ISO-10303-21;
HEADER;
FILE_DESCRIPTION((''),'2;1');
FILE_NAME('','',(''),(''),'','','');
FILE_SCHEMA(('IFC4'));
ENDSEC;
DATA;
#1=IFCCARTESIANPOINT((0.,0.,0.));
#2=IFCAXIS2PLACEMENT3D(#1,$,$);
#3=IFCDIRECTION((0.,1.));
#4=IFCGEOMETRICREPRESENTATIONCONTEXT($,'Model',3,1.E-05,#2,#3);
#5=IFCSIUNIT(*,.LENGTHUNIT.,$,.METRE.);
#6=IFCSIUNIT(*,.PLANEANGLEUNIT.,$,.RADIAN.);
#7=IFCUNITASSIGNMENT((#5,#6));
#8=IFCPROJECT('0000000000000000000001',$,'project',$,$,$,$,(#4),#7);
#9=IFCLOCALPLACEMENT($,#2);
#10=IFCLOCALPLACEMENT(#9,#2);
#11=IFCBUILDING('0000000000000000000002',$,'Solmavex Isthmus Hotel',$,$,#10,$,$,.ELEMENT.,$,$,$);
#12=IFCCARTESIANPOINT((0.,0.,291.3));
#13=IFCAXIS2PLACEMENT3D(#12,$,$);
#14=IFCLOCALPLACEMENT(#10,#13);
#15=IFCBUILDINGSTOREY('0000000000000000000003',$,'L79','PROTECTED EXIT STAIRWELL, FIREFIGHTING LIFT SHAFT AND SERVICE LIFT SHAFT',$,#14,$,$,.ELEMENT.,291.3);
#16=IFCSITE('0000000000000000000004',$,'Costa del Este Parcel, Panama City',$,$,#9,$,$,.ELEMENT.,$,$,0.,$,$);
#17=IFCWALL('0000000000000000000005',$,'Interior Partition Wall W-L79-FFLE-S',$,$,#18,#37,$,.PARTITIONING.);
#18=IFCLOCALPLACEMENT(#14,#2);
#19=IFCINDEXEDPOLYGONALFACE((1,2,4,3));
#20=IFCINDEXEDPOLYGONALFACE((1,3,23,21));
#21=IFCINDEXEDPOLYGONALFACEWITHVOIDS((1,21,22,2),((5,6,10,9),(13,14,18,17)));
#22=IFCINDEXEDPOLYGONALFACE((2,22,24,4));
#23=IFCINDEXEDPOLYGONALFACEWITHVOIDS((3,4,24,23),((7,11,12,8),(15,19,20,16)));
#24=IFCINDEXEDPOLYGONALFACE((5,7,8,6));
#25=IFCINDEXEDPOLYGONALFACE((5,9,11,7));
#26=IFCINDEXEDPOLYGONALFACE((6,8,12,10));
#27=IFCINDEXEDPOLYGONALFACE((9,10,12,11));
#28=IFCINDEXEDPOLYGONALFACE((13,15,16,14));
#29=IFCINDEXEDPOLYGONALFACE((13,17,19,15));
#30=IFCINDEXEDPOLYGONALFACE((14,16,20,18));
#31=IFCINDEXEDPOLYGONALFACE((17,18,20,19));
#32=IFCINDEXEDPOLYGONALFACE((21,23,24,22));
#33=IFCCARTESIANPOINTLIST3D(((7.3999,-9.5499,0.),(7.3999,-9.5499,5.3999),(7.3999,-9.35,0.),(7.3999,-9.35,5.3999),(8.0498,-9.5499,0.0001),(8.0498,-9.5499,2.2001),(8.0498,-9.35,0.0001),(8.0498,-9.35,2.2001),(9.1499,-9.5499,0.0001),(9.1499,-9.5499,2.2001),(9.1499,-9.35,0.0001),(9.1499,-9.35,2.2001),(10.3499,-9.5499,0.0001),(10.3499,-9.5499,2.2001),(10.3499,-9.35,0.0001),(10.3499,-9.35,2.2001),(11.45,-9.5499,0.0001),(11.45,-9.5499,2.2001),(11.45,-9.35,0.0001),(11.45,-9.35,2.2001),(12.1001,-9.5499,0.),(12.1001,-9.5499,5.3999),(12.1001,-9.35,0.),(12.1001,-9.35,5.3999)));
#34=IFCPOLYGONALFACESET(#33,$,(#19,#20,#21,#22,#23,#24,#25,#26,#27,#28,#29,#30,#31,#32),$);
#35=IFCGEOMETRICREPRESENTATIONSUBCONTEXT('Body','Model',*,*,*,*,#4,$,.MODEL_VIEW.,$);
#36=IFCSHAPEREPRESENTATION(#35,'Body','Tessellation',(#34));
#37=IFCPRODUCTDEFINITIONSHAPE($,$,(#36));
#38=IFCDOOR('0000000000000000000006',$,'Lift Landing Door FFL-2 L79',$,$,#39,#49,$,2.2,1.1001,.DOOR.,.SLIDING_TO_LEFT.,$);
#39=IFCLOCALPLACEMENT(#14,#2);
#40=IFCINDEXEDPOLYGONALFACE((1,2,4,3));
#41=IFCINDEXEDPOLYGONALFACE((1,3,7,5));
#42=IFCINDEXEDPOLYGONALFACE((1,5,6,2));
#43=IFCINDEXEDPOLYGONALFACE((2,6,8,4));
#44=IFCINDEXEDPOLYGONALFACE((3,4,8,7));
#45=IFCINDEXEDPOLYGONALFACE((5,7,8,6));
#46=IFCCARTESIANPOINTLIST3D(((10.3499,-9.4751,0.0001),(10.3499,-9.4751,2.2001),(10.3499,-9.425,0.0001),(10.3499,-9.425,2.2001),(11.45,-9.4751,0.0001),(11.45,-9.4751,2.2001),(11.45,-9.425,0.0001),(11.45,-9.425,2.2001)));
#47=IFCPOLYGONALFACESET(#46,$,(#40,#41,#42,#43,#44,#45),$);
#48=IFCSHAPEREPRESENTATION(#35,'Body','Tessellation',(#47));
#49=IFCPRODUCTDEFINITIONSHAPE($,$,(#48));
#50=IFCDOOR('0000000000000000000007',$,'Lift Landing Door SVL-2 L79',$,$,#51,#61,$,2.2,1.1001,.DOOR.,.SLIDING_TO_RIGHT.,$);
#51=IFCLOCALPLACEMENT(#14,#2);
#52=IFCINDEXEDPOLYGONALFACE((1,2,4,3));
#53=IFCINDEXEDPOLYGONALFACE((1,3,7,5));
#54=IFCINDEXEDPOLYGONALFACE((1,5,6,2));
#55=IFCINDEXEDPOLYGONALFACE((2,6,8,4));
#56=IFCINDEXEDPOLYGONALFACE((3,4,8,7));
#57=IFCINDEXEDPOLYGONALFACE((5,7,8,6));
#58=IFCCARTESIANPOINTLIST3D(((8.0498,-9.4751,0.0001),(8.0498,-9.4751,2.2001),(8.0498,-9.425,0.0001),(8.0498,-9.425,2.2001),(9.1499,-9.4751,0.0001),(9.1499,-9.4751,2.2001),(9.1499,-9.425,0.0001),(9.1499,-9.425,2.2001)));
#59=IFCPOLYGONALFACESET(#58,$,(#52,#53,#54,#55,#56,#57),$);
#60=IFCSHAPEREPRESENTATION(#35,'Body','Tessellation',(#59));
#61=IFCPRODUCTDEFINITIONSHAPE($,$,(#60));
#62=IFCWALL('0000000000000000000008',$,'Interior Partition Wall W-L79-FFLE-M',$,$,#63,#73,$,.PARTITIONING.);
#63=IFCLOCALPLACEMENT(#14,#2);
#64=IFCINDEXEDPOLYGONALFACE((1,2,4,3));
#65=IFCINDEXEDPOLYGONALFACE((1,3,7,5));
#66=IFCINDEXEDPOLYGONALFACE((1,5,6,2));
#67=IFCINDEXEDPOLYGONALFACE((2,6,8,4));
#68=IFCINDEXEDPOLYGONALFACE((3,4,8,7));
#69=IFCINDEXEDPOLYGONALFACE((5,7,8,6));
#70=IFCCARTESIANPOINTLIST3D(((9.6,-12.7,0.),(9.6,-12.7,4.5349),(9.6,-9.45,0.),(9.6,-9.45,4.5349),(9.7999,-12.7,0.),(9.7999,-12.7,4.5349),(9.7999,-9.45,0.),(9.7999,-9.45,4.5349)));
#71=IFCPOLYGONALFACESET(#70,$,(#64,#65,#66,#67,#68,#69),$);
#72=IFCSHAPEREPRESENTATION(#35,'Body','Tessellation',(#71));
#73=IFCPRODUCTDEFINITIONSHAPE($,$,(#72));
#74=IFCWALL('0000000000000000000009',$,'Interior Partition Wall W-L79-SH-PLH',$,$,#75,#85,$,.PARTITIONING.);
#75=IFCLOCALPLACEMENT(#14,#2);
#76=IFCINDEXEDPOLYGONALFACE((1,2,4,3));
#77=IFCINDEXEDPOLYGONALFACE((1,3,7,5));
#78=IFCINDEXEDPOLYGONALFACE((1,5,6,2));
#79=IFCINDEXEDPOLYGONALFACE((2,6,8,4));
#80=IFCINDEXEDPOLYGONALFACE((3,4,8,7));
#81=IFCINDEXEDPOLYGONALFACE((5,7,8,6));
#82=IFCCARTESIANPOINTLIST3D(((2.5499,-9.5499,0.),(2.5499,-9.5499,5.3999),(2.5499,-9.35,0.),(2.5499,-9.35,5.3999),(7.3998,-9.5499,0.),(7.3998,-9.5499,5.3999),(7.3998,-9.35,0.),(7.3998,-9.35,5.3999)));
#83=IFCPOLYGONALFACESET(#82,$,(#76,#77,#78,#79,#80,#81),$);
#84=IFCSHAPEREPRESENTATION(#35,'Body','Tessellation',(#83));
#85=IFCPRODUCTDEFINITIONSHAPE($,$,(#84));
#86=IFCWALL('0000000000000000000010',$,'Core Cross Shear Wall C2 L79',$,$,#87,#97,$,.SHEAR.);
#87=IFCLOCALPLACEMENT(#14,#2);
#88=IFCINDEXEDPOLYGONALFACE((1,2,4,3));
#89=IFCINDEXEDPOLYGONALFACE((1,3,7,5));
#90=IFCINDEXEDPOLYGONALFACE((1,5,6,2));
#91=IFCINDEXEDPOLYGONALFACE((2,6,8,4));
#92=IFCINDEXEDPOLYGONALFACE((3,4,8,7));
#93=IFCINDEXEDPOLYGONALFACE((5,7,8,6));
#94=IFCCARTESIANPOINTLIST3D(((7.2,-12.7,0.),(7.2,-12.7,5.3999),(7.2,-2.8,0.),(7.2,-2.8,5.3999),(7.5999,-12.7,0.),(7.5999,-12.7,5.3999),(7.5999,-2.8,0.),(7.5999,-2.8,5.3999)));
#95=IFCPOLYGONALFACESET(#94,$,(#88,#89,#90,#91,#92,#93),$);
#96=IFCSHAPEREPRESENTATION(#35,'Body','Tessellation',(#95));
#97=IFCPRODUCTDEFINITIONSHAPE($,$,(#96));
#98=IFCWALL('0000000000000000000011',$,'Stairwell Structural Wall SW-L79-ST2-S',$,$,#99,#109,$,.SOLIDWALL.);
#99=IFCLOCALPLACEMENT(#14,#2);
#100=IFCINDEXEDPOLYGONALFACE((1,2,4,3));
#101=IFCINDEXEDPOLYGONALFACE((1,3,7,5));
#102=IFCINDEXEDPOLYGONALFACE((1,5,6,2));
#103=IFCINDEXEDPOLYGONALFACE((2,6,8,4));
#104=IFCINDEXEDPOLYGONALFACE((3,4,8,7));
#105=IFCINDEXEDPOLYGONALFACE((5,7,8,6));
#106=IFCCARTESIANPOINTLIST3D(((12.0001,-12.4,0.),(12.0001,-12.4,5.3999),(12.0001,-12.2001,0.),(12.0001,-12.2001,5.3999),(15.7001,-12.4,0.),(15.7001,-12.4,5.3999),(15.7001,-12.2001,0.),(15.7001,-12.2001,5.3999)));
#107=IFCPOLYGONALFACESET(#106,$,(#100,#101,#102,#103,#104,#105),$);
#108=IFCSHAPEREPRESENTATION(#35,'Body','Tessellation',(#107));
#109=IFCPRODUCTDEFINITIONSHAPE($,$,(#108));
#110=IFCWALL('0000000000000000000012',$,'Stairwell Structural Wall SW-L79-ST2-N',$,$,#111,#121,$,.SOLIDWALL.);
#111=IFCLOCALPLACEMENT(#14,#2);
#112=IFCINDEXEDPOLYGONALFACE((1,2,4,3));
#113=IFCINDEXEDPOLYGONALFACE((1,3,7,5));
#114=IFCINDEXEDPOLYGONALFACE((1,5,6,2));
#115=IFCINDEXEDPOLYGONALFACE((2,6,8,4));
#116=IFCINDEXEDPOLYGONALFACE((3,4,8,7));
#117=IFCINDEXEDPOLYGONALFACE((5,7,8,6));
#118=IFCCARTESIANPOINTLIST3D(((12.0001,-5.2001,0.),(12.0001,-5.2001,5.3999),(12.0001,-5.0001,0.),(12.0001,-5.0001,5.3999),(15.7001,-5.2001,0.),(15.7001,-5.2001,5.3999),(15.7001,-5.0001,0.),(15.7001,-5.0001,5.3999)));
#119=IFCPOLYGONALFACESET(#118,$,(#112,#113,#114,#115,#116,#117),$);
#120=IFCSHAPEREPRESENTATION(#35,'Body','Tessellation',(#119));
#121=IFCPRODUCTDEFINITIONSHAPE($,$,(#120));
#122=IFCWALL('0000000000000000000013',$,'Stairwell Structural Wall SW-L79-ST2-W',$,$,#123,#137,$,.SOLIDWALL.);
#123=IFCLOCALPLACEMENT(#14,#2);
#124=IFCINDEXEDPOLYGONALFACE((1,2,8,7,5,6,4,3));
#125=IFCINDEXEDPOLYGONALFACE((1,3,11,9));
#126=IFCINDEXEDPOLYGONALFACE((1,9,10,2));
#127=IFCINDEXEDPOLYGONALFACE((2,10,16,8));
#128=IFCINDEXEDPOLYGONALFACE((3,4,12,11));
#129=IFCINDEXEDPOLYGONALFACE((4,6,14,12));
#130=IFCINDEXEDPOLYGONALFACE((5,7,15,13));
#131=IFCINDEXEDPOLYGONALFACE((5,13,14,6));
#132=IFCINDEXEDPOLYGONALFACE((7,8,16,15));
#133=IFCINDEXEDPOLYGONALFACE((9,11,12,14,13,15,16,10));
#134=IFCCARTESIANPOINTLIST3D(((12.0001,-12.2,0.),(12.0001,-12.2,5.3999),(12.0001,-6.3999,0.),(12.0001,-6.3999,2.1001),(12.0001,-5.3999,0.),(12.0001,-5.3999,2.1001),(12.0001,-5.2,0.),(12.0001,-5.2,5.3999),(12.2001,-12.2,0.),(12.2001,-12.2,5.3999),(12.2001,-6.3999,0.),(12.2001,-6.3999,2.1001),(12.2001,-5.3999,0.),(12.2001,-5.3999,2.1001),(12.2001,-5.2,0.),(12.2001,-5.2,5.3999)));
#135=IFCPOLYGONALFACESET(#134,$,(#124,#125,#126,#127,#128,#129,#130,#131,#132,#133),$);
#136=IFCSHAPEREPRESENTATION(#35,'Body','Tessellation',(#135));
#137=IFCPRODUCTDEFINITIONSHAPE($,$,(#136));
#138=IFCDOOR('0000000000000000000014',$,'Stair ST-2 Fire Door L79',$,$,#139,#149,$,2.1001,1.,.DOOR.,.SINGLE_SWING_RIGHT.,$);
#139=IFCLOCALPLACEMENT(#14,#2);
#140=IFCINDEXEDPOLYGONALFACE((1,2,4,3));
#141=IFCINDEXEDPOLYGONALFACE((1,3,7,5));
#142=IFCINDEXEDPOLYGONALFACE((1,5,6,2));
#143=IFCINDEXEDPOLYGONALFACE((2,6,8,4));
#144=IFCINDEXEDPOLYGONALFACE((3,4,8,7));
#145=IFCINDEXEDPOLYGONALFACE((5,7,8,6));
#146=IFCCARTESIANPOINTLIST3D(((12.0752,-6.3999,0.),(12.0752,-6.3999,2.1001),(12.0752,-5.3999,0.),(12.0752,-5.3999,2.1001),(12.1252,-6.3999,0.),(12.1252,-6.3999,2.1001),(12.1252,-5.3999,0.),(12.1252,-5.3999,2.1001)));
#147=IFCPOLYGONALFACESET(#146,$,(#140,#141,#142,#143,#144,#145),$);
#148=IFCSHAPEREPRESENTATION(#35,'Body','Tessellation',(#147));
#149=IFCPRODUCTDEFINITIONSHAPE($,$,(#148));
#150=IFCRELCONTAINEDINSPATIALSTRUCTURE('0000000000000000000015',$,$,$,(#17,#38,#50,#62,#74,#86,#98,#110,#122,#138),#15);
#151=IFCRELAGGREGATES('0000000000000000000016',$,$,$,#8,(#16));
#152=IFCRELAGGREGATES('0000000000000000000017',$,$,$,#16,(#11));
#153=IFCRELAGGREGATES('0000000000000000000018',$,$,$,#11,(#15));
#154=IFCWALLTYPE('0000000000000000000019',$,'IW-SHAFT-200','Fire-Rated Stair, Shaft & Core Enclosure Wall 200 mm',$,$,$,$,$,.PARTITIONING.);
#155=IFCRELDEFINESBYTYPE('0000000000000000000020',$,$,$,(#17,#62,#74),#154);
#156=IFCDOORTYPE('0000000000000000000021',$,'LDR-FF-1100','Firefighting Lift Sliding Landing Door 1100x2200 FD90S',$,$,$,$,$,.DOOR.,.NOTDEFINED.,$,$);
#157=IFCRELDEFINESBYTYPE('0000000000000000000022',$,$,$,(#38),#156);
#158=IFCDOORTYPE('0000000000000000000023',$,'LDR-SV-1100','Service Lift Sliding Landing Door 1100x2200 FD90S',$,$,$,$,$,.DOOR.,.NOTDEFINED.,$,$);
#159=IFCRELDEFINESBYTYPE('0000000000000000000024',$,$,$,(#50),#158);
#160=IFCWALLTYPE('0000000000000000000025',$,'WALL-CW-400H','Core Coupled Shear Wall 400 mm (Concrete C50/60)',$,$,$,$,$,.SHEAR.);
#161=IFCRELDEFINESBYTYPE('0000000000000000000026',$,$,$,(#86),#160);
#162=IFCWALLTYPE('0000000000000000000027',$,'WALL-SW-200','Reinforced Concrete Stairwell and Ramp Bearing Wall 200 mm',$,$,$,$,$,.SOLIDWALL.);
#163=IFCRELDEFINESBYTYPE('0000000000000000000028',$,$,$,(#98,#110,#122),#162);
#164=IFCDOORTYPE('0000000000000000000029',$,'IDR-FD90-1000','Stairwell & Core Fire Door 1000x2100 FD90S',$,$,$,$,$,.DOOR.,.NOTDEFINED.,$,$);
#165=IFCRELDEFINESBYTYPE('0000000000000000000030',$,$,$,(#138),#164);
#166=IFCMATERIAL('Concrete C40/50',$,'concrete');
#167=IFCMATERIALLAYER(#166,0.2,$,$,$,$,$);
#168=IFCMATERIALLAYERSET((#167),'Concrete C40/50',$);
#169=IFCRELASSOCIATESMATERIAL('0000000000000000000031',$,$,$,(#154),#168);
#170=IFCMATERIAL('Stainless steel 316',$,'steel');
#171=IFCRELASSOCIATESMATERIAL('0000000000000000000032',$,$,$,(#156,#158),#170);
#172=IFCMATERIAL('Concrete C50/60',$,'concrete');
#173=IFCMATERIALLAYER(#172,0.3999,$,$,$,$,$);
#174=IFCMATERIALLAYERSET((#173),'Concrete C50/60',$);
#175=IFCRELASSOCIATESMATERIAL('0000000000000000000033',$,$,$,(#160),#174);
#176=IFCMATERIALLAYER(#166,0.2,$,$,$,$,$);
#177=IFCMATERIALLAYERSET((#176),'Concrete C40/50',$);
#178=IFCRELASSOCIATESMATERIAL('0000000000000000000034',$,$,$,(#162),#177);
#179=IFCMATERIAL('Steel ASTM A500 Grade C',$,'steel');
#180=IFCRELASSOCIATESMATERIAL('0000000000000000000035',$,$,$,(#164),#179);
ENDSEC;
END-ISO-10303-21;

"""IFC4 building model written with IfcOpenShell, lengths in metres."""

from ifc_helpers import new_model, si_unit, direction, frame, frame_2d, origin, place, context, subcontext, project, spatial, rectangle, extrude, material, layer, layer_set, type_object, element, fill, save


model = new_model("IFC4")

# Units and contexts
model_context = context("Model", 3, precision=1e-05, world=origin(), true_north=direction((0.0, 1.0)))
body_context = subcontext(model_context, "Body", "Model", "MODEL_VIEW")
ifc_project = project(units=[si_unit("LENGTHUNIT", "METRE"), si_unit("PLANEANGLEUNIT", "RADIAN")], contexts=[model_context])

# Site, building, storey
site_placement = place(None, origin())
site = spatial("IfcSite", under=ifc_project, at=site_placement, Name="Costa del Este Parcel, Panama City", CompositionType="ELEMENT", RefElevation=0.0)
building_placement = place(site_placement, origin())
building = spatial("IfcBuilding", under=site, at=building_placement, Name="Solmavex Isthmus Hotel", CompositionType="ELEMENT")
storey_placement = place(building_placement, frame((0.0, 0.0, 291.3)))
storey = spatial("IfcBuildingStorey", under=building, at=storey_placement, Name="L79", Description="PROTECTED EXIT STAIRWELL, FIREFIGHTING LIFT SHAFT AND SERVICE LIFT SHAFT", CompositionType="ELEMENT", Elevation=291.3)

# Shared definitions
ifc_material_1 = material(Name="Concrete C50/60", Category="concrete")

# Shared definitions
ifc_material_2 = material(Name="Concrete C40/50", Category="concrete")

# Shared definitions
ifc_layer_1 = layer(ifc_material_2, 0.2)
ifc_layer_set_1 = layer_set([ifc_layer_1], Name="Concrete C40/50")
wall_type_1 = type_object("IfcWallType", Name="IW-SHAFT-200", Description="Fire-Rated Stair, Shaft & Core Enclosure Wall 200 mm", PredefinedType="PARTITIONING", material=ifc_layer_set_1)
ifc_material_3 = material(Name="Steel ASTM A500 Grade C", Category="steel")

# Wall, openings, doors
wall_1_placement = place(storey_placement, frame((7.3999, -9.45, 0.0), z_axis=(0.0, 0.0, 1.0), x_axis=(1.0, 0.0, 0.0)))
wall_1 = element("IfcWall", 1, at=wall_1_placement, inside=storey, type_object=wall_type_1, Name="Interior Partition Wall W-L79-FFLE-S", PredefinedType="PARTITIONING", context=body_context, shape_type="SweptSolid", body=[
    extrude(rectangle(XDim=4.7002, YDim=0.2, at=frame_2d((2.3501, 0.0))), origin(), (0.0, 0.0, 1.0), 5.3999),
])
opening_1_placement = place(wall_1_placement, frame((2.95, 0.0, 0.0)))
opening_1 = element("IfcOpeningElement", 2, at=opening_1_placement, cuts=wall_1, PredefinedType="OPENING", context=body_context, shape_type="SweptSolid", body=[
    extrude(rectangle(XDim=1.1001, YDim=2.2, at=frame_2d((0.55, 1.1001))), frame((0.0, 0.1099, 0.0), z_axis=(0.0, -1.0, 0.0), x_axis=(1.0, 0.0, 0.0)), (0.0, 0.0, 1.0), 0.22),
])
opening_2_placement = place(wall_1_placement, frame((0.6499, 0.0, 0.0)))
opening_2 = element("IfcOpeningElement", 3, at=opening_2_placement, cuts=wall_1, PredefinedType="OPENING", context=body_context, shape_type="SweptSolid", body=[
    extrude(rectangle(XDim=1.1001, YDim=2.2, at=frame_2d((0.55, 1.1001))), frame((0.0, 0.1099, 0.0), z_axis=(0.0, -1.0, 0.0), x_axis=(1.0, 0.0, 0.0)), (0.0, 0.0, 1.0), 0.22),
])
ifc_material_4 = material(Name="Stainless steel 316", Category="steel")
door_type_1 = type_object("IfcDoorType", Name="LDR-FF-1100", Description="Firefighting Lift Sliding Landing Door 1100x2200 FD90S", OperationType="NOTDEFINED", PredefinedType="DOOR", material=ifc_material_4)
door_1_placement = place(opening_1_placement, origin())
door_1 = element("IfcDoor", 4, at=door_1_placement, inside=storey, type_object=door_type_1, Name="Lift Landing Door FFL-2 L79", OperationType="SLIDING_TO_LEFT", OverallHeight=2.2, OverallWidth=1.1001, PredefinedType="DOOR", context=body_context, shape_type="SweptSolid", body=[
    extrude(rectangle(XDim=1.1001, YDim=2.2, at=frame_2d((0.55, 1.1001))), frame((0.0, 0.0249, 0.0), z_axis=(0.0, -1.0, 0.0), x_axis=(1.0, 0.0, 0.0)), (0.0, 0.0, 1.0), 0.05),
])
fill(opening_1, door_1)
door_type_2 = type_object("IfcDoorType", Name="LDR-SV-1100", Description="Service Lift Sliding Landing Door 1100x2200 FD90S", OperationType="NOTDEFINED", PredefinedType="DOOR", material=ifc_material_4)
door_2_placement = place(opening_2_placement, origin())
door_2 = element("IfcDoor", 5, at=door_2_placement, inside=storey, type_object=door_type_2, Name="Lift Landing Door SVL-2 L79", OperationType="SLIDING_TO_RIGHT", OverallHeight=2.2, OverallWidth=1.1001, PredefinedType="DOOR", context=body_context, shape_type="SweptSolid", body=[
    extrude(rectangle(XDim=1.1001, YDim=2.2, at=frame_2d((0.55, 1.1001))), frame((0.0, 0.0249, 0.0), z_axis=(0.0, -1.0, 0.0), x_axis=(1.0, 0.0, 0.0)), (0.0, 0.0, 1.0), 0.05),
])
fill(opening_2, door_2)

# Walls
wall_2_placement = place(storey_placement, frame((9.7, -12.7, 0.0), z_axis=(0.0, 0.0, 1.0), x_axis=(0.0, 1.0, 0.0)))
element("IfcWall", 6, at=wall_2_placement, inside=storey, type_object=wall_type_1, Name="Interior Partition Wall W-L79-FFLE-M", PredefinedType="PARTITIONING", context=body_context, shape_type="SweptSolid", body=[
    extrude(rectangle(XDim=3.25, YDim=0.2, at=frame_2d((1.625, 0.0))), origin(), (0.0, 0.0, 1.0), 4.5349),
])
wall_3_placement = place(storey_placement, frame((2.55, -9.45, 0.0), z_axis=(0.0, 0.0, 1.0), x_axis=(1.0, 0.0, 0.0)))
element("IfcWall", 7, at=wall_3_placement, inside=storey, type_object=wall_type_1, Name="Interior Partition Wall W-L79-SH-PLH", PredefinedType="PARTITIONING", context=body_context, shape_type="SweptSolid", body=[
    extrude(rectangle(XDim=4.8499, YDim=0.2, at=frame_2d((2.4248, 0.0))), origin(), (0.0, 0.0, 1.0), 5.3999),
])
ifc_layer_2 = layer(ifc_material_1, 0.3999)
ifc_layer_set_2 = layer_set([ifc_layer_2], Name="Concrete C50/60")
wall_type_2 = type_object("IfcWallType", Name="WALL-CW-400H", Description="Core Coupled Shear Wall 400 mm (Concrete C50/60)", PredefinedType="SHEAR", material=ifc_layer_set_2)
wall_4_placement = place(storey_placement, frame((7.3999, -12.7, 0.0), z_axis=(0.0, 0.0, 1.0), x_axis=(0.0, 1.0, 0.0)))
element("IfcWall", 8, at=wall_4_placement, inside=storey, type_object=wall_type_2, Name="Core Cross Shear Wall C2 L79", PredefinedType="SHEAR", context=body_context, shape_type="SweptSolid", body=[
    extrude(rectangle(XDim=9.8999, YDim=0.3999, at=frame_2d((4.95, 0.0))), origin(), (0.0, 0.0, 1.0), 5.3999),
])
ifc_layer_3 = layer(ifc_material_2, 0.2)
ifc_layer_set_3 = layer_set([ifc_layer_3], Name="Concrete C40/50")
wall_type_3 = type_object("IfcWallType", Name="WALL-SW-200", Description="Reinforced Concrete Stairwell and Ramp Bearing Wall 200 mm", PredefinedType="SOLIDWALL", material=ifc_layer_set_3)
for number, where, z_axis, x_axis, name in (
    (9, (12.0, -12.3, 0.0), (0.0, 0.0, 1.0), (1.0, 0.0, 0.0), "Stairwell Structural Wall SW-L79-ST2-S"),
    (10, (12.0, -5.1001, 0.0), (0.0, 0.0, 1.0), (1.0, 0.0, 0.0), "Stairwell Structural Wall SW-L79-ST2-N"),
):
    element("IfcWall", number, at=place(storey_placement, frame(where, z_axis=z_axis, x_axis=x_axis)), inside=storey, type_object=wall_type_3, Name=name, PredefinedType="SOLIDWALL", context=body_context, shape_type="SweptSolid", body=[
        extrude(rectangle(XDim=3.7, YDim=0.2, at=frame_2d((1.8501, 0.0))), origin(), (0.0, 0.0, 1.0), 5.3999),
    ])

# Wall, opening, door
wall_5_placement = place(storey_placement, frame((12.1001, -12.2, 0.0), z_axis=(0.0, 0.0, 1.0), x_axis=(0.0, 1.0, 0.0)))
wall_5 = element("IfcWall", 11, at=wall_5_placement, inside=storey, type_object=wall_type_3, Name="Stairwell Structural Wall SW-L79-ST2-W", PredefinedType="SOLIDWALL", context=body_context, shape_type="SweptSolid", body=[
    extrude(rectangle(XDim=7.0, YDim=0.2, at=frame_2d((3.5, 0.0))), origin(), (0.0, 0.0, 1.0), 5.3999),
])
opening_3_placement = place(wall_5_placement, frame((5.8, 0.0, 0.0)))
opening_3 = element("IfcOpeningElement", 12, at=opening_3_placement, cuts=wall_5, PredefinedType="OPENING", context=body_context, shape_type="SweptSolid", body=[
    extrude(rectangle(XDim=1.0, YDim=2.1001, at=frame_2d((0.5, 1.05))), frame((0.0, 0.1099, 0.0), z_axis=(0.0, -1.0, 0.0), x_axis=(1.0, 0.0, 0.0)), (0.0, 0.0, 1.0), 0.22),
])
door_type_3 = type_object("IfcDoorType", Name="IDR-FD90-1000", Description="Stairwell & Core Fire Door 1000x2100 FD90S", OperationType="NOTDEFINED", PredefinedType="DOOR", material=ifc_material_3)
door_3_placement = place(opening_3_placement, origin())
door_3 = element("IfcDoor", 13, at=door_3_placement, inside=storey, type_object=door_type_3, Name="Stair ST-2 Fire Door L79", OperationType="SINGLE_SWING_RIGHT", OverallHeight=2.1001, OverallWidth=1.0, PredefinedType="DOOR", context=body_context, shape_type="SweptSolid", body=[
    extrude(rectangle(XDim=1.0, YDim=2.1001, at=frame_2d((0.5, 1.05))), frame((0.0, 0.0249, 0.0), z_axis=(0.0, -1.0, 0.0), x_axis=(1.0, 0.0, 0.0)), (0.0, 0.0, 1.0), 0.05),
])
fill(opening_3, door_3)

save(model, "model.ifc")
